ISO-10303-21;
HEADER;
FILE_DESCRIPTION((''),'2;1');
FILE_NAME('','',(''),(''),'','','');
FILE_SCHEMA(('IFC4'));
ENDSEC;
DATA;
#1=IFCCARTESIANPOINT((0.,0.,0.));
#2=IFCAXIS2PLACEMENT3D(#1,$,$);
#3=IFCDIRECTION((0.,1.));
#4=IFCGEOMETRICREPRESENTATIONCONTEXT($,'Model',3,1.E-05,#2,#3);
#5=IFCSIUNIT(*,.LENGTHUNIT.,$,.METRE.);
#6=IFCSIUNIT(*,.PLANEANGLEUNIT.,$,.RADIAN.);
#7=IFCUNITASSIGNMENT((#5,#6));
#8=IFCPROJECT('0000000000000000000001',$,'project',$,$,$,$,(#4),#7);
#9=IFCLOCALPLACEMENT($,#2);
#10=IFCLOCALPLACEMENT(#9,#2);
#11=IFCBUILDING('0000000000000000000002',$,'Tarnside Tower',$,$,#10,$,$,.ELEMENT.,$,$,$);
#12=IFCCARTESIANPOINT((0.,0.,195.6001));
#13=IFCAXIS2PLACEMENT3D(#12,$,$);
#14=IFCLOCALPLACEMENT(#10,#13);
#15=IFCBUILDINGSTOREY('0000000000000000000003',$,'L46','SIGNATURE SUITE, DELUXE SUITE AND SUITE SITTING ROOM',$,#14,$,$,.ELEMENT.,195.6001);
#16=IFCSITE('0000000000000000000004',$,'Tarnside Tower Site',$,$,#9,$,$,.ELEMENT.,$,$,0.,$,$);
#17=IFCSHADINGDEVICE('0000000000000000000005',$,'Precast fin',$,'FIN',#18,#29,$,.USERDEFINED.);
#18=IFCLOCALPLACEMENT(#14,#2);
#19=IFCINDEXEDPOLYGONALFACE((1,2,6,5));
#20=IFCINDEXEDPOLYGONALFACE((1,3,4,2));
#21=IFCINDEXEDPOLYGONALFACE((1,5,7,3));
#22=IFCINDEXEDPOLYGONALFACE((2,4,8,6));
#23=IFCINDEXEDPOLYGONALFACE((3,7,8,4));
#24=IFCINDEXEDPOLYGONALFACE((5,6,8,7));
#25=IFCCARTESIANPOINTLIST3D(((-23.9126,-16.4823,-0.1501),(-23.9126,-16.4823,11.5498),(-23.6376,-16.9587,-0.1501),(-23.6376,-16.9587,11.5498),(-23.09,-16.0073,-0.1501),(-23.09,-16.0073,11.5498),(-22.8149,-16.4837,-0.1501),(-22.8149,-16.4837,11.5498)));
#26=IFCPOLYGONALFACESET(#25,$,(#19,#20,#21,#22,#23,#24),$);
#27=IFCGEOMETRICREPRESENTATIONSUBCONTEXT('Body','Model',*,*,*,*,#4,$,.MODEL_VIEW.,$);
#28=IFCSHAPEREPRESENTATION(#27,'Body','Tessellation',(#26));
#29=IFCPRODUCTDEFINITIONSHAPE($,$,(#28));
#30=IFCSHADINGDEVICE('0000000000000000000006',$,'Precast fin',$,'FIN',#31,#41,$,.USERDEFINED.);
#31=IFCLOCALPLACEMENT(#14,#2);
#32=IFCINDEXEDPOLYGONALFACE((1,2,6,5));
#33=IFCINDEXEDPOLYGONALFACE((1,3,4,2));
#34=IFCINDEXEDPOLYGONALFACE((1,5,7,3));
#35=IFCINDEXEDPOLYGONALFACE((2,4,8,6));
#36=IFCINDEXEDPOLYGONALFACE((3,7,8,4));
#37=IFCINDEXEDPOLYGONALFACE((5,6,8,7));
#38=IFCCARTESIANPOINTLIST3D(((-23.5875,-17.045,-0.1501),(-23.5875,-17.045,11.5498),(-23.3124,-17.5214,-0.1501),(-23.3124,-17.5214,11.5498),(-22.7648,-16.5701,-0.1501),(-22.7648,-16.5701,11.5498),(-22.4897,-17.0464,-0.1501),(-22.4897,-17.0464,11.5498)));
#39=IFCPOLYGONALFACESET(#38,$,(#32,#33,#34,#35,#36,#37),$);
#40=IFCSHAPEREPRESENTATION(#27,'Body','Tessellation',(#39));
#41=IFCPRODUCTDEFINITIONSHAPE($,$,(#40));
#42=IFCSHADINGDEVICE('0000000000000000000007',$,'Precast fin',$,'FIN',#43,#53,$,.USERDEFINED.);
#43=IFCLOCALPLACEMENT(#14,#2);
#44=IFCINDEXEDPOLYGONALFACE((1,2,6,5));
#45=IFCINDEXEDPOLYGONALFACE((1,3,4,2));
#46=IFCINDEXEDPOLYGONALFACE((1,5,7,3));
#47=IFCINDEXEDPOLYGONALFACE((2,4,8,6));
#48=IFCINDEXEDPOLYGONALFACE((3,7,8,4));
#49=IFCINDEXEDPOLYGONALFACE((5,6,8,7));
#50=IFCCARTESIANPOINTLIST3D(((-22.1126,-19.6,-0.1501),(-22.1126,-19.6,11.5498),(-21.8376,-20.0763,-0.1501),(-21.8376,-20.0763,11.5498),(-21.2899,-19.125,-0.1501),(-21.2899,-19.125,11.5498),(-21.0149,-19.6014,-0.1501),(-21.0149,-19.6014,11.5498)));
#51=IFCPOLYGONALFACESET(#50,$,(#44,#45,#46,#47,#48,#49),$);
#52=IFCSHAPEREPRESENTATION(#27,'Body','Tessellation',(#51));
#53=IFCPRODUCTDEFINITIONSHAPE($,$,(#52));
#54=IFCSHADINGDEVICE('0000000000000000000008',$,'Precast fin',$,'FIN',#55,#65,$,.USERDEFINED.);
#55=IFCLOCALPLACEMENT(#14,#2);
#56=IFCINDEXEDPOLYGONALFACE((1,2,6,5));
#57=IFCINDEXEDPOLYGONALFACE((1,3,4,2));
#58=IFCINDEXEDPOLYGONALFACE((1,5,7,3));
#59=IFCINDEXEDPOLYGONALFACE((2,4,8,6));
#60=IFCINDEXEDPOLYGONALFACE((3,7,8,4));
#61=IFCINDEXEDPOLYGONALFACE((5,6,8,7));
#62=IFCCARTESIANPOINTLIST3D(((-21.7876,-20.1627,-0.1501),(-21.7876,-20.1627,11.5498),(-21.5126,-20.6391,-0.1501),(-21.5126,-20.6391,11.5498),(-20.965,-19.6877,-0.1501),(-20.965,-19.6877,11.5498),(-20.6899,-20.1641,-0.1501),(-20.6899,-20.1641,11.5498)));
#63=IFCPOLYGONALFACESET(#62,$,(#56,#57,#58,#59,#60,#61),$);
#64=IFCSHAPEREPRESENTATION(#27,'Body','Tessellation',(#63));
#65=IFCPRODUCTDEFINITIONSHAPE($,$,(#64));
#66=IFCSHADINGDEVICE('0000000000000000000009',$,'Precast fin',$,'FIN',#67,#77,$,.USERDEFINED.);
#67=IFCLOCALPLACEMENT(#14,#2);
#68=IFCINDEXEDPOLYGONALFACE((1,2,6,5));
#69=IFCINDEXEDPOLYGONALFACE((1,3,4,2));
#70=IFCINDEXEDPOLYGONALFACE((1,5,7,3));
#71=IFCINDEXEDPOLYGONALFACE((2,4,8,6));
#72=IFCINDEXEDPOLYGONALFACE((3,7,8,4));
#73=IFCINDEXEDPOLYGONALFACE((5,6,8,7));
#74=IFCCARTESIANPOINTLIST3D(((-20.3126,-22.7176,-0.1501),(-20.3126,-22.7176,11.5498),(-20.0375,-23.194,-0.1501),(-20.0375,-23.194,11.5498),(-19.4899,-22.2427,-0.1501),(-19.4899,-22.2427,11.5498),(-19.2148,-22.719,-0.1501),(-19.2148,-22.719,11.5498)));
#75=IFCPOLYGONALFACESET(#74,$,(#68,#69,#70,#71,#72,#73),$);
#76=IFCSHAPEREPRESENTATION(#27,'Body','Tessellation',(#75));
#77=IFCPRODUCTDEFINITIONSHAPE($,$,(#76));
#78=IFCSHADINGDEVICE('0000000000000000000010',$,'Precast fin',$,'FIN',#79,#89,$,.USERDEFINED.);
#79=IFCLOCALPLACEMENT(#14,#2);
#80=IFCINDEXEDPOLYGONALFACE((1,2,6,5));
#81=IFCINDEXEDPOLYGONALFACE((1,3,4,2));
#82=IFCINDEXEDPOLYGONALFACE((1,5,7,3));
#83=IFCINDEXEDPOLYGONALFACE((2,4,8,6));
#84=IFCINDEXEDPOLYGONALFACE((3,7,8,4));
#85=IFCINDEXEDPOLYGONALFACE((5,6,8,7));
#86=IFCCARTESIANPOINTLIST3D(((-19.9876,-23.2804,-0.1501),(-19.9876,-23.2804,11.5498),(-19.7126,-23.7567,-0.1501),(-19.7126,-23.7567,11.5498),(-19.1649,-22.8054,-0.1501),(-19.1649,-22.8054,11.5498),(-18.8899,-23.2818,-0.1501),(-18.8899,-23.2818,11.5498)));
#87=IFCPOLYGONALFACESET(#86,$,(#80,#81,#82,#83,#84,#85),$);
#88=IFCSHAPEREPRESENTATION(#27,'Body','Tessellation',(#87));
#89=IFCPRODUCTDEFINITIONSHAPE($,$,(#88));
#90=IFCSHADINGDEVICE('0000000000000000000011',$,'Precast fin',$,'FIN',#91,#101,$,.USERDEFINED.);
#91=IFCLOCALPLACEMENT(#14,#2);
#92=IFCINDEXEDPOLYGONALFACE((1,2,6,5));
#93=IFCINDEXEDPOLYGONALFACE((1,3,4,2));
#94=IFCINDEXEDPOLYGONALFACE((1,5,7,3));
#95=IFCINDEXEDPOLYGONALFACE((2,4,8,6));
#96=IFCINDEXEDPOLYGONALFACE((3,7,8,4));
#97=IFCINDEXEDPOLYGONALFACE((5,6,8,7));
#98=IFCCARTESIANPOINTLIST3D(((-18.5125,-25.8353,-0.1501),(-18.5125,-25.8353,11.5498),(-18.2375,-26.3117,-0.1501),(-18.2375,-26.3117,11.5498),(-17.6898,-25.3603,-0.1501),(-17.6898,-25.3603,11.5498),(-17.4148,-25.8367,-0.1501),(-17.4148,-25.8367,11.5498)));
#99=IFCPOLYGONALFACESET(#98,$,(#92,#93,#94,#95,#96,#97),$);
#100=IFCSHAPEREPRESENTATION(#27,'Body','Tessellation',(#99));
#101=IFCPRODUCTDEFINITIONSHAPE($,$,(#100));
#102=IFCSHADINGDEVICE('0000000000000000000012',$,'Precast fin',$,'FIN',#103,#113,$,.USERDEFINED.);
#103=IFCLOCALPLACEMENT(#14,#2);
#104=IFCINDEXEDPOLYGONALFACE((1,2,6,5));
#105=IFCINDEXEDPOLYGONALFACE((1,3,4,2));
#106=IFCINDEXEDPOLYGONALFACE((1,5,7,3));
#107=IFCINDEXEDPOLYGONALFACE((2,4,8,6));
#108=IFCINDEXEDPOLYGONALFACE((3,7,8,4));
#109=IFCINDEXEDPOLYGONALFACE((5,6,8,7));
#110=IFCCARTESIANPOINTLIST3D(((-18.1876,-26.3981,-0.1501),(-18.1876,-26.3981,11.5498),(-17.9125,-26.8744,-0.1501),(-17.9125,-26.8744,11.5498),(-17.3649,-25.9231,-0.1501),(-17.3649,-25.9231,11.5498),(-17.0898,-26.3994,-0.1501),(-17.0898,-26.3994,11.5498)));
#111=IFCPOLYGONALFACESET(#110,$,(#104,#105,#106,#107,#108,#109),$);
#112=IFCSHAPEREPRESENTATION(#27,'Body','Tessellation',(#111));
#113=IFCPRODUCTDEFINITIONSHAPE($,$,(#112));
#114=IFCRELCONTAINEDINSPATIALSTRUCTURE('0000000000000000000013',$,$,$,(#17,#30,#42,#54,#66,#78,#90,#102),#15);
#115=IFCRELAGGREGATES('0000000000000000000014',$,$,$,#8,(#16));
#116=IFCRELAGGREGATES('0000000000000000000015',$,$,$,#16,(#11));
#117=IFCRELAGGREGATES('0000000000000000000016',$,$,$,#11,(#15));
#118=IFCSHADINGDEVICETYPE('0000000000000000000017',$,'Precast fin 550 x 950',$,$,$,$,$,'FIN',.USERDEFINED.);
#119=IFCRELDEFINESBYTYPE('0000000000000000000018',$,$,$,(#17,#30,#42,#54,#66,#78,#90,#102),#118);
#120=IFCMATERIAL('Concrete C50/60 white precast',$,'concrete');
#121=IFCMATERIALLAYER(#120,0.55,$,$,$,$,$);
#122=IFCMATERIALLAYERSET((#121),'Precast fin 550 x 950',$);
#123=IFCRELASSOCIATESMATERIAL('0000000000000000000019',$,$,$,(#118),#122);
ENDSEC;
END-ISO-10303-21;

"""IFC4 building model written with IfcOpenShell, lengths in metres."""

from ifc_helpers import new_model, si_unit, direction, frame, origin, place, context, subcontext, project, spatial, polyline, outline, extrude, material, layer, layer_set, type_object, element, save


model = new_model("IFC4")

# Units and contexts
model_context = context("Model", 3, precision=1e-05, world=origin(), true_north=direction((0.0, 1.0)))
body_context = subcontext(model_context, "Body", "Model", "MODEL_VIEW")
ifc_project = project(units=[si_unit("LENGTHUNIT", "METRE"), si_unit("PLANEANGLEUNIT", "RADIAN")], contexts=[model_context])

# Site, building, storey
site_placement = place(None, origin())
site = spatial("IfcSite", under=ifc_project, at=site_placement, Name="Tarnside Tower Site", CompositionType="ELEMENT", RefElevation=0.0)
building_placement = place(site_placement, origin())
building = spatial("IfcBuilding", under=site, at=building_placement, Name="Tarnside Tower", CompositionType="ELEMENT")
storey_placement = place(building_placement, frame((0.0, 0.0, 195.6001)))
storey = spatial("IfcBuildingStorey", under=building, at=storey_placement, Name="L46", Description="SIGNATURE SUITE, DELUXE SUITE AND SUITE SITTING ROOM", CompositionType="ELEMENT", Elevation=195.6001)

# Shading devices
ifc_material_1 = material(Name="Concrete C50/60 white precast", Category="concrete")
ifc_layer_1 = layer(ifc_material_1, 0.55)
ifc_layer_set_1 = layer_set([ifc_layer_1], Name="Precast fin 550 x 950")
shading_device_type = type_object("IfcShadingDeviceType", Name="Precast fin 550 x 950", ElementType="FIN", PredefinedType="USERDEFINED", material=ifc_layer_set_1)
for number, where, z_axis, x_axis, name in (
    (1, (-22.9524, -16.2456, -0.1501), (-0.5, 0.866025, 0.0), (-0.866025, -0.5, 0.0), "Precast fin"),
    (2, (-22.6272, -16.8083, -0.1501), (-0.5, 0.866025, 0.0), (-0.866025, -0.5, 0.0), "Precast fin"),
    (3, (-21.1523, -19.3633, -0.1501), (-0.5, 0.866025, 0.0), (-0.866025, -0.5, 0.0), "Precast fin"),
    (4, (-20.8274, -19.926, -0.1501), (-0.5, 0.866025, 0.0), (-0.866025, -0.5, 0.0), "Precast fin"),
    (5, (-19.3523, -22.481, -0.1501), (-0.5, 0.866025, 0.0), (-0.866025, -0.5, 0.0), "Precast fin"),
    (6, (-19.0273, -23.0437, -0.1501), (-0.5, 0.866025, 0.0), (-0.866025, -0.5, 0.0), "Precast fin"),
    (7, (-17.5522, -25.5986, -0.1501), (-0.5, 0.866025, 0.0), (-0.866025, -0.5, 0.0), "Precast fin"),
    (8, (-17.2273, -26.1614, -0.1501), (-0.5, 0.866025, 0.0), (-0.866025, -0.5, 0.0), "Precast fin"),
):
    element("IfcShadingDevice", number, at=place(storey_placement, frame(where, z_axis=z_axis, x_axis=x_axis)), inside=storey, type_object=shading_device_type, Name=name, ObjectType="FIN", PredefinedType="USERDEFINED", context=body_context, shape_type="SweptSolid", body=[
        extrude(outline(polyline([(0.0, 0.0), (0.95, 0.0), (0.95, 11.7), (0.0, 11.7), (0.0, 0.0)])), frame((0.0, 0.0, -0.2749)), (0.0, 0.0, 1.0), 0.55),
    ])

save(model, "model.ifc")
